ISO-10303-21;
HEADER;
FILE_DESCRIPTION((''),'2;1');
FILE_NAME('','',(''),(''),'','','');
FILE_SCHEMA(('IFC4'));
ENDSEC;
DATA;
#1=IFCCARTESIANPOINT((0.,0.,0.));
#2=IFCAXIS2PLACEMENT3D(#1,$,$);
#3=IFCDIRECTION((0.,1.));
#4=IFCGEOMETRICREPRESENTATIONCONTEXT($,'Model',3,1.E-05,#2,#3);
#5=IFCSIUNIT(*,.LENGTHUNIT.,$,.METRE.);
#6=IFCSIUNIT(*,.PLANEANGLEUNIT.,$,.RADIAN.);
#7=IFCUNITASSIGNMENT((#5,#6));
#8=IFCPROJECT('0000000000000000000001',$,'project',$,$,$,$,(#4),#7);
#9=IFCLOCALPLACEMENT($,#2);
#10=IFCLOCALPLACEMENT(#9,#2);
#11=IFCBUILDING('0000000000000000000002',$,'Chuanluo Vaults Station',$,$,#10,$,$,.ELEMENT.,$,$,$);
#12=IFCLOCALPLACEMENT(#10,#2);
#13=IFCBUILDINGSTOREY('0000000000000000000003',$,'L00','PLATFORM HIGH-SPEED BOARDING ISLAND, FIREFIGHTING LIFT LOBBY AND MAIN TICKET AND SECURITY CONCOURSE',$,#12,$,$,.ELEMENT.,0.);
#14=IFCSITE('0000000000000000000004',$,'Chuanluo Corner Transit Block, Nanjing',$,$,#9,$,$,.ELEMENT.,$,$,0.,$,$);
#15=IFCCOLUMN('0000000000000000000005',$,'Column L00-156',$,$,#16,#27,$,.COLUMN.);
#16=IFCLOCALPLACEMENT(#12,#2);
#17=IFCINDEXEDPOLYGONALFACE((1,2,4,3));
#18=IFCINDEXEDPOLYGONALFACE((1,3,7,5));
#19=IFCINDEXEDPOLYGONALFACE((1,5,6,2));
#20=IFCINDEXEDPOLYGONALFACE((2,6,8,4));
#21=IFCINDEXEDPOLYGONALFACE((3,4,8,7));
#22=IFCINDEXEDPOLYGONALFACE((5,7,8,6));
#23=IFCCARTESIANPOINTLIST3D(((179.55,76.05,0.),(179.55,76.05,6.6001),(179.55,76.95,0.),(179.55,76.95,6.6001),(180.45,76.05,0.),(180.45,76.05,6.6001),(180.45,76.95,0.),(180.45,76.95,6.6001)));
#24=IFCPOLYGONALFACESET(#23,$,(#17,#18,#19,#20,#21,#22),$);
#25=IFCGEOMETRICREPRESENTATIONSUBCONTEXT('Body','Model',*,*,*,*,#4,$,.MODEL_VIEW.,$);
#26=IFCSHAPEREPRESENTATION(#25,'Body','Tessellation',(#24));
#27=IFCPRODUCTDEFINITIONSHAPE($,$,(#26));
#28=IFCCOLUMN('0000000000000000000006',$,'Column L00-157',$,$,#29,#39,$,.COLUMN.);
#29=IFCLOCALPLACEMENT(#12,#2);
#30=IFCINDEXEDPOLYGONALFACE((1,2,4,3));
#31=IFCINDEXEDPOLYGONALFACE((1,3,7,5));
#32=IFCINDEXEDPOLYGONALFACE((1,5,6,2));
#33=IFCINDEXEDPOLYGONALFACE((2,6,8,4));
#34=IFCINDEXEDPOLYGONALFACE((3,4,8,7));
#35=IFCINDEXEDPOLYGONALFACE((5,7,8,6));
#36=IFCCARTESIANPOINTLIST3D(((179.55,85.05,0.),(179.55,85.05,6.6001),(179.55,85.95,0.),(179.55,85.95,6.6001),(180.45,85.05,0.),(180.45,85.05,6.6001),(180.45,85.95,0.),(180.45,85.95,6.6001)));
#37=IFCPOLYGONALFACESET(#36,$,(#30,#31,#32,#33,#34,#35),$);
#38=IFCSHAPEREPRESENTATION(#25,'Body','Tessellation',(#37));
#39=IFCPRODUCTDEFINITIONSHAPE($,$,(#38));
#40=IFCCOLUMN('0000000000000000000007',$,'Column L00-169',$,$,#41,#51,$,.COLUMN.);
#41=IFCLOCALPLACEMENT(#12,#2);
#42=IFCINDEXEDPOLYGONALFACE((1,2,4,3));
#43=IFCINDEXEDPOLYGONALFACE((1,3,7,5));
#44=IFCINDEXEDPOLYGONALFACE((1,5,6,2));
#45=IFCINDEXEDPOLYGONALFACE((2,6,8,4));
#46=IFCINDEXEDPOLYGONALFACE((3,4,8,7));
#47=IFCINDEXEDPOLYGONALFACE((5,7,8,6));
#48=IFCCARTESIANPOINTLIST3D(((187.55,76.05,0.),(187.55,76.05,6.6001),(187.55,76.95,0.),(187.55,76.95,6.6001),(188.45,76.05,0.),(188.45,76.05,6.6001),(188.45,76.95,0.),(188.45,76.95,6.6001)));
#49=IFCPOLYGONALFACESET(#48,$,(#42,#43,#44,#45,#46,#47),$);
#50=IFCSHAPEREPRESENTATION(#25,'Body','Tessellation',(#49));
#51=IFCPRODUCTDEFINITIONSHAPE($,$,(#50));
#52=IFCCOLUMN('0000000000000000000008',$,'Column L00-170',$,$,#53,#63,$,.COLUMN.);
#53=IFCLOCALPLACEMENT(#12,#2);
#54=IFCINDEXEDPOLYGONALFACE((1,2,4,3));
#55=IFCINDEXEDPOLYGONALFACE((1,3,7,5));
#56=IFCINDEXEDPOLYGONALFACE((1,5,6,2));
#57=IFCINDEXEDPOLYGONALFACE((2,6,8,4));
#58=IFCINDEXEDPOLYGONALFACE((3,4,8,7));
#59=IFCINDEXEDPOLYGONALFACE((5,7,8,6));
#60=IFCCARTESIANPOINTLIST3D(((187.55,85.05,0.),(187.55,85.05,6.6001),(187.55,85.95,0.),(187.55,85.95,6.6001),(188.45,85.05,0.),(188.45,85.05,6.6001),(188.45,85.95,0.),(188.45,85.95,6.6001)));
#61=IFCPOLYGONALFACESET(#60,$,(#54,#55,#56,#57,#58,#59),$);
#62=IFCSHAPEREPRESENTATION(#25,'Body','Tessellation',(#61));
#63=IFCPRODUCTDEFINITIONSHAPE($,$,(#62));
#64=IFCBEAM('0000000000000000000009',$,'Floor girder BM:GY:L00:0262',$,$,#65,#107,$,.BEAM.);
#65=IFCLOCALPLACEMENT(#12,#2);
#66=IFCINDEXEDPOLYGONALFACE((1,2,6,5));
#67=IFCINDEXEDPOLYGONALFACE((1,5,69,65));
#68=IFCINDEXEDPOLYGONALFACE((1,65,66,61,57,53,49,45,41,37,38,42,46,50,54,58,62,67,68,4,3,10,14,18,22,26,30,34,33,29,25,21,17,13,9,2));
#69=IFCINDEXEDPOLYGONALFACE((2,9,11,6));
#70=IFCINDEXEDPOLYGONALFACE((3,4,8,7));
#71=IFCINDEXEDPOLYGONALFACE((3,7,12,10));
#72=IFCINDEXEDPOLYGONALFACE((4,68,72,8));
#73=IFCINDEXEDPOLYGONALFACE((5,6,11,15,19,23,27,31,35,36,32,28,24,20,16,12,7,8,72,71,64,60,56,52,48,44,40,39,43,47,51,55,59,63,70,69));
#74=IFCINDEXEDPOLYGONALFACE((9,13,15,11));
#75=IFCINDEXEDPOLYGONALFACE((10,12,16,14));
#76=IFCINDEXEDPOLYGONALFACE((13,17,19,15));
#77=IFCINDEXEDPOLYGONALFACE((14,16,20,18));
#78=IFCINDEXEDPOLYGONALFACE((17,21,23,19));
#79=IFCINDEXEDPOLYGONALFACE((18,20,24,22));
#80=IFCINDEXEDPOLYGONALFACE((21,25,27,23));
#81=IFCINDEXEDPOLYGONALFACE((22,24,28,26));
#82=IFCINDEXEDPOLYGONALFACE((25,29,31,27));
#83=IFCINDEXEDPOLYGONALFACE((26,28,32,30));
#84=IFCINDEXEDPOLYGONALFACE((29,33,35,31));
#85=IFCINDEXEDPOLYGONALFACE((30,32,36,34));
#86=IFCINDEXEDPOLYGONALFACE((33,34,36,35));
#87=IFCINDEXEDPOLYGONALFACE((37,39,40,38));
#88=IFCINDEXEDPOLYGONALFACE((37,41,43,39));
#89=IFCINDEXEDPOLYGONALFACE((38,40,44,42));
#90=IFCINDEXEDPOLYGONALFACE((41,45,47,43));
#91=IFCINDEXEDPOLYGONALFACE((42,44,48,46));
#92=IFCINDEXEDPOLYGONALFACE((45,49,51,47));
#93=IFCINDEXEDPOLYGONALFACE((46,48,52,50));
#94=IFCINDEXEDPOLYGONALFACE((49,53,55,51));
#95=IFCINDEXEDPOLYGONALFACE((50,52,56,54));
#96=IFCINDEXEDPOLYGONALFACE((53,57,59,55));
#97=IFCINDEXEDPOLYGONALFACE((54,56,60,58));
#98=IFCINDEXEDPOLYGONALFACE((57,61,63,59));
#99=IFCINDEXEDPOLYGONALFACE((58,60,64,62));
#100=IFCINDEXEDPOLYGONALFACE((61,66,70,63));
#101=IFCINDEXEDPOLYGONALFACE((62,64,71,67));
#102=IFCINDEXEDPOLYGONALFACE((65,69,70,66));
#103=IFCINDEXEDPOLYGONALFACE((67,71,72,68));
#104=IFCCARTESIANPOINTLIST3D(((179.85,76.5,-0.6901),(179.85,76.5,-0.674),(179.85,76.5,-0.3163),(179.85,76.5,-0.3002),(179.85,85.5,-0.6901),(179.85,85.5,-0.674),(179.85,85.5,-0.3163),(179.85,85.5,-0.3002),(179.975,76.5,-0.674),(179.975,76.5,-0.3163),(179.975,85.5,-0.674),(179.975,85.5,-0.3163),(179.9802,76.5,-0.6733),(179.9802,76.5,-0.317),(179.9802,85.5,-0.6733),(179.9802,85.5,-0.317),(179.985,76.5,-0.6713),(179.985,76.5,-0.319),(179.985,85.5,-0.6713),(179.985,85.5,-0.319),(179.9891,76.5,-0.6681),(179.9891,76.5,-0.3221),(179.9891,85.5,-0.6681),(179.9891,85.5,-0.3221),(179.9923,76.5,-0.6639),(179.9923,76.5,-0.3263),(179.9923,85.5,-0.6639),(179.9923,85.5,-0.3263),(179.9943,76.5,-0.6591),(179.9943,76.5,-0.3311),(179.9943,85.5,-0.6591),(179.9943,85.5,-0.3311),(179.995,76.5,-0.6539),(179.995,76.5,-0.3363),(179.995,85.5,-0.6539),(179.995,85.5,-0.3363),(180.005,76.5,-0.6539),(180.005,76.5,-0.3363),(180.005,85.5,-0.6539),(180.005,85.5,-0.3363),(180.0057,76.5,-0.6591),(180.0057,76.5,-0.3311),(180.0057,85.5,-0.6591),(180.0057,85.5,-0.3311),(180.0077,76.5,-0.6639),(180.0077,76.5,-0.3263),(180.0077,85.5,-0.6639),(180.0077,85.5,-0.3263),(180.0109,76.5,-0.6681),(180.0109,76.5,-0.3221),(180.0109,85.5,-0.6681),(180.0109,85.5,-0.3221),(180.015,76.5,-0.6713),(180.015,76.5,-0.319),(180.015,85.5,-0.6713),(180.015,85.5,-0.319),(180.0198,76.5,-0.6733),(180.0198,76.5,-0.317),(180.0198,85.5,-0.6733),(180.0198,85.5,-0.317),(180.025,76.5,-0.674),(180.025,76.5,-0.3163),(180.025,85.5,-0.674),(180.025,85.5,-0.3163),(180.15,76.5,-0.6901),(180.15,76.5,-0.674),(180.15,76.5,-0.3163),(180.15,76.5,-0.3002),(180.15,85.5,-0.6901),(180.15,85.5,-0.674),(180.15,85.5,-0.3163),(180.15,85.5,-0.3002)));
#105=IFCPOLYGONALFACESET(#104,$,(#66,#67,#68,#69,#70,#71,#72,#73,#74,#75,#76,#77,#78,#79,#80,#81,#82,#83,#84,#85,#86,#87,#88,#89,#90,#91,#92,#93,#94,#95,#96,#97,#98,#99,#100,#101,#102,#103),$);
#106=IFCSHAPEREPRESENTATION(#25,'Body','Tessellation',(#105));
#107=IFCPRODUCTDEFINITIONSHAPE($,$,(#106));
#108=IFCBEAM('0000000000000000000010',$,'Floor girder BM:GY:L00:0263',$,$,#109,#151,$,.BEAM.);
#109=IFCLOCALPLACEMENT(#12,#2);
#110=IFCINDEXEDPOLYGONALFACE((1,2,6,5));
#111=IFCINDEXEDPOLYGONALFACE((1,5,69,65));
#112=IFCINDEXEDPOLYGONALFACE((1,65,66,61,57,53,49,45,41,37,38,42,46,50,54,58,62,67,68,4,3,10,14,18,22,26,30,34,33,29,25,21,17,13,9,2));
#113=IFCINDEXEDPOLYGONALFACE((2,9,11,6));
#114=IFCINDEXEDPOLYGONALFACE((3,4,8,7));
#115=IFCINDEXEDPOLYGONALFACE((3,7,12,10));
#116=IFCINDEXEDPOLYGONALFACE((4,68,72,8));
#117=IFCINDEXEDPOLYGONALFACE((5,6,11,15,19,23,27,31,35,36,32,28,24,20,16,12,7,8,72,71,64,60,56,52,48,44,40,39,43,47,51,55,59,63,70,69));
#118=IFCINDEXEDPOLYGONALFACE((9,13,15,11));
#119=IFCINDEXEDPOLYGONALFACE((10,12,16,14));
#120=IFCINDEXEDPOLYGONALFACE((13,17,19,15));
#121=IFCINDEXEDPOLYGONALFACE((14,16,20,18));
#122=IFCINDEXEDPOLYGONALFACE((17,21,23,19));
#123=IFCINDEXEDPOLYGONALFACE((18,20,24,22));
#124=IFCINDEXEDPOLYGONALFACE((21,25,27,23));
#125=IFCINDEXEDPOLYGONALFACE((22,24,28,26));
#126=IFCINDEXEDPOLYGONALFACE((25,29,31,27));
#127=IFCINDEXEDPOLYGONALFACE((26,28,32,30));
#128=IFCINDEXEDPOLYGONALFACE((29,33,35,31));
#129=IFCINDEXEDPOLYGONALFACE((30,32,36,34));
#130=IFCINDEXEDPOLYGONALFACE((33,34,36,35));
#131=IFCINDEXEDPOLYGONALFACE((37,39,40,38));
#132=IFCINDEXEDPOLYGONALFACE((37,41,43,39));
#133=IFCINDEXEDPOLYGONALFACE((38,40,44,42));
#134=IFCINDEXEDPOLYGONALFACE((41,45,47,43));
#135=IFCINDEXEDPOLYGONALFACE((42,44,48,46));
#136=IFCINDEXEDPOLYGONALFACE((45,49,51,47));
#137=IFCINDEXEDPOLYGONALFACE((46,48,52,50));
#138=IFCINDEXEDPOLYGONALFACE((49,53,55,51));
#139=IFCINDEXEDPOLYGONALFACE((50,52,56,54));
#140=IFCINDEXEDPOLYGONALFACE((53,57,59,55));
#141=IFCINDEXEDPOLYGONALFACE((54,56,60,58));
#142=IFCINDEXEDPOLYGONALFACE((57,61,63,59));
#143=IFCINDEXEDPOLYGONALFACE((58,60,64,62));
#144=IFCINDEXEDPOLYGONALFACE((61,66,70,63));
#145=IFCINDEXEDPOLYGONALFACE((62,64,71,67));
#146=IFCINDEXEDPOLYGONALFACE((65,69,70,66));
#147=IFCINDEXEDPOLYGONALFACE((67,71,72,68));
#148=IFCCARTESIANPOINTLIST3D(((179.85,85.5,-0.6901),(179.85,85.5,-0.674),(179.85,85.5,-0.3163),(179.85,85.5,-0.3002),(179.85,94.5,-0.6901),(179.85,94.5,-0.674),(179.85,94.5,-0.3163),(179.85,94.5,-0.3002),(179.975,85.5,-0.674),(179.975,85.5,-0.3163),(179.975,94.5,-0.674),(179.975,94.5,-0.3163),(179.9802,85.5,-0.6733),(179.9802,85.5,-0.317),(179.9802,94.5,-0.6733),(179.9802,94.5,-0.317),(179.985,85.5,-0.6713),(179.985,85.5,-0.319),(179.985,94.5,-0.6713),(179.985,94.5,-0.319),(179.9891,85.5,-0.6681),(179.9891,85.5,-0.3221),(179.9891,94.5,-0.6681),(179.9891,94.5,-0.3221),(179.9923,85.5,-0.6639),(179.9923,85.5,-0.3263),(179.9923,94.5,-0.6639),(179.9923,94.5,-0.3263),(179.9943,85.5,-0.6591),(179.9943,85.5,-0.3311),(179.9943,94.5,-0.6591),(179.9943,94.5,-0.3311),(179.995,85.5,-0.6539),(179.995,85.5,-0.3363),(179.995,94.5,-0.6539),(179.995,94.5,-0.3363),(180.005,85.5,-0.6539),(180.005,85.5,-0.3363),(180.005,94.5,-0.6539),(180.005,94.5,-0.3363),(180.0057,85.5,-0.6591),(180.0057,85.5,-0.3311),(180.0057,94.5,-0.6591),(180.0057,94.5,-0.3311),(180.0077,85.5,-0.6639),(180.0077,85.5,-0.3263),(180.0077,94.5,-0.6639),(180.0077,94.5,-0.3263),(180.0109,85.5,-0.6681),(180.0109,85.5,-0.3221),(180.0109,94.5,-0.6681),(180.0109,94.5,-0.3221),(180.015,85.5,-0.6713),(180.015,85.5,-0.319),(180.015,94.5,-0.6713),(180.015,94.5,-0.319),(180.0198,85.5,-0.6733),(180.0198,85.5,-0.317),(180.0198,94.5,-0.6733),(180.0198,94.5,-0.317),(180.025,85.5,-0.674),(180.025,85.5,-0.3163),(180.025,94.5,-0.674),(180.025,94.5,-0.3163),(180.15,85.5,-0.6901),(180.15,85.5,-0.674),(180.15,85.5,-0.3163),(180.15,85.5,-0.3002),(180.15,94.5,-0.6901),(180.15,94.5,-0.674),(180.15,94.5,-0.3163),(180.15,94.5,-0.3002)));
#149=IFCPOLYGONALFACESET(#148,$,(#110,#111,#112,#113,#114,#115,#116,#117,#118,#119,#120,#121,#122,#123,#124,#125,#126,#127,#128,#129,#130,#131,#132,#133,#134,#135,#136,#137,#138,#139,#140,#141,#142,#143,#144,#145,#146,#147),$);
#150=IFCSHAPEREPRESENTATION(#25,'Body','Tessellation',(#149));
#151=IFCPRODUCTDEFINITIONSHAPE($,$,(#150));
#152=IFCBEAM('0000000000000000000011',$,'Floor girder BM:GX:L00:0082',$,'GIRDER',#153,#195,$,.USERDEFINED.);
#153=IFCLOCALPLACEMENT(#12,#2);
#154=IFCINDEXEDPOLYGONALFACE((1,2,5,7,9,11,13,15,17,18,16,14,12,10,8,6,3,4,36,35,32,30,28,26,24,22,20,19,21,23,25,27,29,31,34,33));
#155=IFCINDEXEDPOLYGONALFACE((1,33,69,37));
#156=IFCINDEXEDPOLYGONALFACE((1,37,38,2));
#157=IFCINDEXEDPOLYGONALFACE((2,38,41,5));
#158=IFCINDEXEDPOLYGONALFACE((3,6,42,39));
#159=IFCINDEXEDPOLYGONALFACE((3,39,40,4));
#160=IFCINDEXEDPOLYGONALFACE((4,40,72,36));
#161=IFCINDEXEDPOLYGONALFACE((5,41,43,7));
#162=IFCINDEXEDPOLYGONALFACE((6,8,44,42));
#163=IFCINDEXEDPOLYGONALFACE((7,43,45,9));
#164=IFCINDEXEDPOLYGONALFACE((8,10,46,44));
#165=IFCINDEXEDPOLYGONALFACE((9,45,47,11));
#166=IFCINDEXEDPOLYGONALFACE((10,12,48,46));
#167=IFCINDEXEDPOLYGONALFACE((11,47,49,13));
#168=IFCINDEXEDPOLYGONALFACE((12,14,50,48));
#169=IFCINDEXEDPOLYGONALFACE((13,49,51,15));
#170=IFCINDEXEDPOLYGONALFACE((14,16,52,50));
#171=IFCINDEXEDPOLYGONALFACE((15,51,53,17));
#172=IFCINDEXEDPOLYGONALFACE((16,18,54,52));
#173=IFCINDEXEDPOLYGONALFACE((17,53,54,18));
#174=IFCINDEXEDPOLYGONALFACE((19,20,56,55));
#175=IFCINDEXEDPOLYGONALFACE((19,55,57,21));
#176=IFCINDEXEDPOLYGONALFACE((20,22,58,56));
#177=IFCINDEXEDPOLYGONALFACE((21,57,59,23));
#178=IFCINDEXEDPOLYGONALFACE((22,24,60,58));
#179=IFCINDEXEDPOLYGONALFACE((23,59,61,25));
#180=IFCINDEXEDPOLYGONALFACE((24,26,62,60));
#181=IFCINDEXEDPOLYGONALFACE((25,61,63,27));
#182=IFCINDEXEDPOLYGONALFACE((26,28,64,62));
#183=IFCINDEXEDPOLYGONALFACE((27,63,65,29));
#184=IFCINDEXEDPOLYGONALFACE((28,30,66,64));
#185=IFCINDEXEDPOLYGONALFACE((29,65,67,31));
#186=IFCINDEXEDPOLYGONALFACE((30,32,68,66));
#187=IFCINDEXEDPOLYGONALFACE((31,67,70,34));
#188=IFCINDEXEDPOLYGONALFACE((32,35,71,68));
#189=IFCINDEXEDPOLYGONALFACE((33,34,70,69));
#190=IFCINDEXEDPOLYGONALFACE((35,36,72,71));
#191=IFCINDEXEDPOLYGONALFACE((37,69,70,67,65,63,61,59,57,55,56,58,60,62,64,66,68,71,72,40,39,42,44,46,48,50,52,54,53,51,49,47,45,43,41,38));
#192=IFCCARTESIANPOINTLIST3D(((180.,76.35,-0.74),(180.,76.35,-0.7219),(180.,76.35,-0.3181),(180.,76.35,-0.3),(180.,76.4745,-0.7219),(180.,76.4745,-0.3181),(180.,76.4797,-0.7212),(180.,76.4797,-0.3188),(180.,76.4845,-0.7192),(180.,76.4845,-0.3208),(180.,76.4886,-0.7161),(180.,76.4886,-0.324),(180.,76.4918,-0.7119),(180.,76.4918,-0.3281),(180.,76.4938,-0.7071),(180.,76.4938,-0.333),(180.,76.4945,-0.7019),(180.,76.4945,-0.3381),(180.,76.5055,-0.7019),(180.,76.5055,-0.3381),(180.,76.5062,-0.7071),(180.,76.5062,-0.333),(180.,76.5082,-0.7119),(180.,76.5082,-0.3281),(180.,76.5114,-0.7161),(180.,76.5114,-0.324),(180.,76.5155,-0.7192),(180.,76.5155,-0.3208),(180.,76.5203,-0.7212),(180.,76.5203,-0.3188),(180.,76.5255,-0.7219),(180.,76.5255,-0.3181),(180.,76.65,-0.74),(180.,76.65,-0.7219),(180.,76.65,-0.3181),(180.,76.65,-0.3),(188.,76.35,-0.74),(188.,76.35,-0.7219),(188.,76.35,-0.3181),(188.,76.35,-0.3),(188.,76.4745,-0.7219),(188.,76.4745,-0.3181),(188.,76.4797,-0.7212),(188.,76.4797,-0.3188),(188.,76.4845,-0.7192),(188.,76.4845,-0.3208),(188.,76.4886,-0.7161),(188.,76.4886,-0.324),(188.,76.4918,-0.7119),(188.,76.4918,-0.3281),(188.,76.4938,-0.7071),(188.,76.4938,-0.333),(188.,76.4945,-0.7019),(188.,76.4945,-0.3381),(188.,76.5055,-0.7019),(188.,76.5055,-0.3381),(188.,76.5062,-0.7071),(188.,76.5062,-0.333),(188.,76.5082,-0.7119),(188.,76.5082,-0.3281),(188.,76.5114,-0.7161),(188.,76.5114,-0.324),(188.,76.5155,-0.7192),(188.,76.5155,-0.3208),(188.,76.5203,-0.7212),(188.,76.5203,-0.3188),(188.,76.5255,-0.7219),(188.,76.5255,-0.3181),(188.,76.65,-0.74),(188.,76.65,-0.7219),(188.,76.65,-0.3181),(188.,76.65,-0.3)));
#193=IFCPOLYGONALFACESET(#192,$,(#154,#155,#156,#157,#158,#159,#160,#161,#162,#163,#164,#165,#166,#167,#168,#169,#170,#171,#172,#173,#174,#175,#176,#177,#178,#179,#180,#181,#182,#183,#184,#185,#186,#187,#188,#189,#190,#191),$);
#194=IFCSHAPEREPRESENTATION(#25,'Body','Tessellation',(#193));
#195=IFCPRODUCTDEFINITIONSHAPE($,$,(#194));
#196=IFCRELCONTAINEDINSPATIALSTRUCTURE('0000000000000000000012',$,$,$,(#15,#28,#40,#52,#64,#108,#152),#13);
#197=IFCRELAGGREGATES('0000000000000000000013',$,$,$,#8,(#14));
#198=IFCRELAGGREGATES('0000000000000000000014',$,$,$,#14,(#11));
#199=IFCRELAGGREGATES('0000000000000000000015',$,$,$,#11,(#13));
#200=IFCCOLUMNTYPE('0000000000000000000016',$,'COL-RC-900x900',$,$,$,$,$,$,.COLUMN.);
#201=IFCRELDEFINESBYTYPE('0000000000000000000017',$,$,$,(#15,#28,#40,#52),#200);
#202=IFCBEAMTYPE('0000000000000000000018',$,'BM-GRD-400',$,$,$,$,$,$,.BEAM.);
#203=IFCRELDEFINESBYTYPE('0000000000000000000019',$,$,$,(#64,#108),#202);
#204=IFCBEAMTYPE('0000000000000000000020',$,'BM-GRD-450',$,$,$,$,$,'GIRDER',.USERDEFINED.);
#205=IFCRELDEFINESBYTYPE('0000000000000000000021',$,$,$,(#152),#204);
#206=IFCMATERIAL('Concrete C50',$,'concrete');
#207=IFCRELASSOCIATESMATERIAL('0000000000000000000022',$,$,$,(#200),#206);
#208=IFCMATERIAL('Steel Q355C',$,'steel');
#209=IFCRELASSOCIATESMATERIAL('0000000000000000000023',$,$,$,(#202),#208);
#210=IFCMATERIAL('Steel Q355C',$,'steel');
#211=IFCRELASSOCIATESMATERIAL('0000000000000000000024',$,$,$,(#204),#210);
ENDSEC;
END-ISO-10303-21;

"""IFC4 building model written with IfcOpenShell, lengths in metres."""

from ifc_helpers import new_model, si_unit, direction, frame, origin, origin_2d, place, context, subcontext, project, spatial, rectangle, i_section, extrude, material, material_profile, profile_set, type_object, element, save


model = new_model("IFC4")

# Units and contexts
model_context = context("Model", 3, precision=1e-05, world=origin(), true_north=direction((0.0, 1.0)))
body_context = subcontext(model_context, "Body", "Model", "MODEL_VIEW")
ifc_project = project(units=[si_unit("LENGTHUNIT", "METRE"), si_unit("PLANEANGLEUNIT", "RADIAN")], contexts=[model_context])

# Site, building, storey
site_placement = place(None, origin())
site = spatial("IfcSite", under=ifc_project, at=site_placement, Name="Chuanluo Corner Transit Block, Nanjing", CompositionType="ELEMENT", RefElevation=0.0)
building_placement = place(site_placement, origin())
building = spatial("IfcBuilding", under=site, at=building_placement, Name="Chuanluo Vaults Station", CompositionType="ELEMENT")
storey_placement = place(building_placement, origin())
storey = spatial("IfcBuildingStorey", under=building, at=storey_placement, Name="L00", Description="PLATFORM HIGH-SPEED BOARDING ISLAND, FIREFIGHTING LIFT LOBBY AND MAIN TICKET AND SECURITY CONCOURSE", CompositionType="ELEMENT", Elevation=0.0)

# Columns
ifc_material_1 = material(Name="Concrete C50", Category="concrete")
ifc_material_profile_1 = material_profile(ifc_material_1, rectangle(XDim=0.8999, YDim=0.8999, at=origin_2d()))
ifc_profile_set_1 = profile_set([ifc_material_profile_1], Name="Concrete C50")
column_type = type_object("IfcColumnType", Name="COL-RC-900x900", PredefinedType="COLUMN", material=ifc_profile_set_1)
for number, where, z_axis, x_axis, name in (
    (1, (180.0, 76.5, 0.0), (0.0, 0.0, 1.0), (1.0, 0.0, 0.0), "Column L00-156"),
    (2, (180.0, 85.5, 0.0), (0.0, 0.0, 1.0), (1.0, 0.0, 0.0), "Column L00-157"),
    (3, (188.0, 76.5, 0.0), (0.0, 0.0, 1.0), (1.0, 0.0, 0.0), "Column L00-169"),
    (4, (188.0, 85.5, 0.0), (0.0, 0.0, 1.0), (1.0, 0.0, 0.0), "Column L00-170"),
):
    element("IfcColumn", number, at=place(storey_placement, frame(where, z_axis=z_axis, x_axis=x_axis)), inside=storey, type_object=column_type, Name=name, PredefinedType="COLUMN", context=body_context, shape_type="SweptSolid", body=[
        extrude(rectangle(XDim=0.8999, YDim=0.8999, at=origin_2d()), origin(), (0.0, 0.0, 1.0), 6.6001),
    ])

# Beams
ifc_material_2 = material(Name="Steel Q355C", Category="steel")
ifc_material_profile_2 = material_profile(ifc_material_2, i_section(OverallWidth=0.3, OverallDepth=0.3899, WebThickness=0.01, FlangeThickness=0.0161, FilletRadius=0.02, at=origin_2d()))
ifc_profile_set_2 = profile_set([ifc_material_profile_2], Name="Steel Q355C")
beam_type_1 = type_object("IfcBeamType", Name="BM-GRD-400", PredefinedType="BEAM", material=ifc_profile_set_2)
for number, where, z_axis, x_axis, name in (
    (5, (180.0, 76.5, -0.4951), (0.0, 1.0, 0.0), (-1.0, 0.0, 0.0), "Floor girder BM:GY:L00:0262"),
    (6, (180.0, 85.5, -0.4951), (0.0, 1.0, 0.0), (-1.0, 0.0, 0.0), "Floor girder BM:GY:L00:0263"),
):
    element("IfcBeam", number, at=place(storey_placement, frame(where, z_axis=z_axis, x_axis=x_axis)), inside=storey, type_object=beam_type_1, Name=name, PredefinedType="BEAM", context=body_context, shape_type="SweptSolid", body=[
        extrude(i_section(OverallWidth=0.3, OverallDepth=0.3899, WebThickness=0.01, FlangeThickness=0.0161, FilletRadius=0.02, at=origin_2d()), origin(), (0.0, 0.0, 1.0), 9.0),
    ])
ifc_material_3 = material(Name="Steel Q355C", Category="steel")
ifc_material_profile_3 = material_profile(ifc_material_3, i_section(OverallWidth=0.3, OverallDepth=0.4399, WebThickness=0.011, FlangeThickness=0.0181, FilletRadius=0.02, at=origin_2d()))
ifc_profile_set_3 = profile_set([ifc_material_profile_3], Name="Steel Q355C")
beam_type_2 = type_object("IfcBeamType", Name="BM-GRD-450", ElementType="GIRDER", PredefinedType="USERDEFINED", material=ifc_profile_set_3)
for number, where, z_axis, x_axis, name in (
    (7, (180.0, 76.5, -0.52), (1.0, 0.0, 0.0), (0.0, 1.0, 0.0), "Floor girder BM:GX:L00:0082"),
):
    element("IfcBeam", number, at=place(storey_placement, frame(where, z_axis=z_axis, x_axis=x_axis)), inside=storey, type_object=beam_type_2, Name=name, ObjectType="GIRDER", PredefinedType="USERDEFINED", context=body_context, shape_type="SweptSolid", body=[
        extrude(i_section(OverallWidth=0.3, OverallDepth=0.4399, WebThickness=0.011, FlangeThickness=0.0181, FilletRadius=0.02, at=origin_2d()), origin(), (0.0, 0.0, 1.0), 8.0),
    ])

save(model, "model.ifc")
